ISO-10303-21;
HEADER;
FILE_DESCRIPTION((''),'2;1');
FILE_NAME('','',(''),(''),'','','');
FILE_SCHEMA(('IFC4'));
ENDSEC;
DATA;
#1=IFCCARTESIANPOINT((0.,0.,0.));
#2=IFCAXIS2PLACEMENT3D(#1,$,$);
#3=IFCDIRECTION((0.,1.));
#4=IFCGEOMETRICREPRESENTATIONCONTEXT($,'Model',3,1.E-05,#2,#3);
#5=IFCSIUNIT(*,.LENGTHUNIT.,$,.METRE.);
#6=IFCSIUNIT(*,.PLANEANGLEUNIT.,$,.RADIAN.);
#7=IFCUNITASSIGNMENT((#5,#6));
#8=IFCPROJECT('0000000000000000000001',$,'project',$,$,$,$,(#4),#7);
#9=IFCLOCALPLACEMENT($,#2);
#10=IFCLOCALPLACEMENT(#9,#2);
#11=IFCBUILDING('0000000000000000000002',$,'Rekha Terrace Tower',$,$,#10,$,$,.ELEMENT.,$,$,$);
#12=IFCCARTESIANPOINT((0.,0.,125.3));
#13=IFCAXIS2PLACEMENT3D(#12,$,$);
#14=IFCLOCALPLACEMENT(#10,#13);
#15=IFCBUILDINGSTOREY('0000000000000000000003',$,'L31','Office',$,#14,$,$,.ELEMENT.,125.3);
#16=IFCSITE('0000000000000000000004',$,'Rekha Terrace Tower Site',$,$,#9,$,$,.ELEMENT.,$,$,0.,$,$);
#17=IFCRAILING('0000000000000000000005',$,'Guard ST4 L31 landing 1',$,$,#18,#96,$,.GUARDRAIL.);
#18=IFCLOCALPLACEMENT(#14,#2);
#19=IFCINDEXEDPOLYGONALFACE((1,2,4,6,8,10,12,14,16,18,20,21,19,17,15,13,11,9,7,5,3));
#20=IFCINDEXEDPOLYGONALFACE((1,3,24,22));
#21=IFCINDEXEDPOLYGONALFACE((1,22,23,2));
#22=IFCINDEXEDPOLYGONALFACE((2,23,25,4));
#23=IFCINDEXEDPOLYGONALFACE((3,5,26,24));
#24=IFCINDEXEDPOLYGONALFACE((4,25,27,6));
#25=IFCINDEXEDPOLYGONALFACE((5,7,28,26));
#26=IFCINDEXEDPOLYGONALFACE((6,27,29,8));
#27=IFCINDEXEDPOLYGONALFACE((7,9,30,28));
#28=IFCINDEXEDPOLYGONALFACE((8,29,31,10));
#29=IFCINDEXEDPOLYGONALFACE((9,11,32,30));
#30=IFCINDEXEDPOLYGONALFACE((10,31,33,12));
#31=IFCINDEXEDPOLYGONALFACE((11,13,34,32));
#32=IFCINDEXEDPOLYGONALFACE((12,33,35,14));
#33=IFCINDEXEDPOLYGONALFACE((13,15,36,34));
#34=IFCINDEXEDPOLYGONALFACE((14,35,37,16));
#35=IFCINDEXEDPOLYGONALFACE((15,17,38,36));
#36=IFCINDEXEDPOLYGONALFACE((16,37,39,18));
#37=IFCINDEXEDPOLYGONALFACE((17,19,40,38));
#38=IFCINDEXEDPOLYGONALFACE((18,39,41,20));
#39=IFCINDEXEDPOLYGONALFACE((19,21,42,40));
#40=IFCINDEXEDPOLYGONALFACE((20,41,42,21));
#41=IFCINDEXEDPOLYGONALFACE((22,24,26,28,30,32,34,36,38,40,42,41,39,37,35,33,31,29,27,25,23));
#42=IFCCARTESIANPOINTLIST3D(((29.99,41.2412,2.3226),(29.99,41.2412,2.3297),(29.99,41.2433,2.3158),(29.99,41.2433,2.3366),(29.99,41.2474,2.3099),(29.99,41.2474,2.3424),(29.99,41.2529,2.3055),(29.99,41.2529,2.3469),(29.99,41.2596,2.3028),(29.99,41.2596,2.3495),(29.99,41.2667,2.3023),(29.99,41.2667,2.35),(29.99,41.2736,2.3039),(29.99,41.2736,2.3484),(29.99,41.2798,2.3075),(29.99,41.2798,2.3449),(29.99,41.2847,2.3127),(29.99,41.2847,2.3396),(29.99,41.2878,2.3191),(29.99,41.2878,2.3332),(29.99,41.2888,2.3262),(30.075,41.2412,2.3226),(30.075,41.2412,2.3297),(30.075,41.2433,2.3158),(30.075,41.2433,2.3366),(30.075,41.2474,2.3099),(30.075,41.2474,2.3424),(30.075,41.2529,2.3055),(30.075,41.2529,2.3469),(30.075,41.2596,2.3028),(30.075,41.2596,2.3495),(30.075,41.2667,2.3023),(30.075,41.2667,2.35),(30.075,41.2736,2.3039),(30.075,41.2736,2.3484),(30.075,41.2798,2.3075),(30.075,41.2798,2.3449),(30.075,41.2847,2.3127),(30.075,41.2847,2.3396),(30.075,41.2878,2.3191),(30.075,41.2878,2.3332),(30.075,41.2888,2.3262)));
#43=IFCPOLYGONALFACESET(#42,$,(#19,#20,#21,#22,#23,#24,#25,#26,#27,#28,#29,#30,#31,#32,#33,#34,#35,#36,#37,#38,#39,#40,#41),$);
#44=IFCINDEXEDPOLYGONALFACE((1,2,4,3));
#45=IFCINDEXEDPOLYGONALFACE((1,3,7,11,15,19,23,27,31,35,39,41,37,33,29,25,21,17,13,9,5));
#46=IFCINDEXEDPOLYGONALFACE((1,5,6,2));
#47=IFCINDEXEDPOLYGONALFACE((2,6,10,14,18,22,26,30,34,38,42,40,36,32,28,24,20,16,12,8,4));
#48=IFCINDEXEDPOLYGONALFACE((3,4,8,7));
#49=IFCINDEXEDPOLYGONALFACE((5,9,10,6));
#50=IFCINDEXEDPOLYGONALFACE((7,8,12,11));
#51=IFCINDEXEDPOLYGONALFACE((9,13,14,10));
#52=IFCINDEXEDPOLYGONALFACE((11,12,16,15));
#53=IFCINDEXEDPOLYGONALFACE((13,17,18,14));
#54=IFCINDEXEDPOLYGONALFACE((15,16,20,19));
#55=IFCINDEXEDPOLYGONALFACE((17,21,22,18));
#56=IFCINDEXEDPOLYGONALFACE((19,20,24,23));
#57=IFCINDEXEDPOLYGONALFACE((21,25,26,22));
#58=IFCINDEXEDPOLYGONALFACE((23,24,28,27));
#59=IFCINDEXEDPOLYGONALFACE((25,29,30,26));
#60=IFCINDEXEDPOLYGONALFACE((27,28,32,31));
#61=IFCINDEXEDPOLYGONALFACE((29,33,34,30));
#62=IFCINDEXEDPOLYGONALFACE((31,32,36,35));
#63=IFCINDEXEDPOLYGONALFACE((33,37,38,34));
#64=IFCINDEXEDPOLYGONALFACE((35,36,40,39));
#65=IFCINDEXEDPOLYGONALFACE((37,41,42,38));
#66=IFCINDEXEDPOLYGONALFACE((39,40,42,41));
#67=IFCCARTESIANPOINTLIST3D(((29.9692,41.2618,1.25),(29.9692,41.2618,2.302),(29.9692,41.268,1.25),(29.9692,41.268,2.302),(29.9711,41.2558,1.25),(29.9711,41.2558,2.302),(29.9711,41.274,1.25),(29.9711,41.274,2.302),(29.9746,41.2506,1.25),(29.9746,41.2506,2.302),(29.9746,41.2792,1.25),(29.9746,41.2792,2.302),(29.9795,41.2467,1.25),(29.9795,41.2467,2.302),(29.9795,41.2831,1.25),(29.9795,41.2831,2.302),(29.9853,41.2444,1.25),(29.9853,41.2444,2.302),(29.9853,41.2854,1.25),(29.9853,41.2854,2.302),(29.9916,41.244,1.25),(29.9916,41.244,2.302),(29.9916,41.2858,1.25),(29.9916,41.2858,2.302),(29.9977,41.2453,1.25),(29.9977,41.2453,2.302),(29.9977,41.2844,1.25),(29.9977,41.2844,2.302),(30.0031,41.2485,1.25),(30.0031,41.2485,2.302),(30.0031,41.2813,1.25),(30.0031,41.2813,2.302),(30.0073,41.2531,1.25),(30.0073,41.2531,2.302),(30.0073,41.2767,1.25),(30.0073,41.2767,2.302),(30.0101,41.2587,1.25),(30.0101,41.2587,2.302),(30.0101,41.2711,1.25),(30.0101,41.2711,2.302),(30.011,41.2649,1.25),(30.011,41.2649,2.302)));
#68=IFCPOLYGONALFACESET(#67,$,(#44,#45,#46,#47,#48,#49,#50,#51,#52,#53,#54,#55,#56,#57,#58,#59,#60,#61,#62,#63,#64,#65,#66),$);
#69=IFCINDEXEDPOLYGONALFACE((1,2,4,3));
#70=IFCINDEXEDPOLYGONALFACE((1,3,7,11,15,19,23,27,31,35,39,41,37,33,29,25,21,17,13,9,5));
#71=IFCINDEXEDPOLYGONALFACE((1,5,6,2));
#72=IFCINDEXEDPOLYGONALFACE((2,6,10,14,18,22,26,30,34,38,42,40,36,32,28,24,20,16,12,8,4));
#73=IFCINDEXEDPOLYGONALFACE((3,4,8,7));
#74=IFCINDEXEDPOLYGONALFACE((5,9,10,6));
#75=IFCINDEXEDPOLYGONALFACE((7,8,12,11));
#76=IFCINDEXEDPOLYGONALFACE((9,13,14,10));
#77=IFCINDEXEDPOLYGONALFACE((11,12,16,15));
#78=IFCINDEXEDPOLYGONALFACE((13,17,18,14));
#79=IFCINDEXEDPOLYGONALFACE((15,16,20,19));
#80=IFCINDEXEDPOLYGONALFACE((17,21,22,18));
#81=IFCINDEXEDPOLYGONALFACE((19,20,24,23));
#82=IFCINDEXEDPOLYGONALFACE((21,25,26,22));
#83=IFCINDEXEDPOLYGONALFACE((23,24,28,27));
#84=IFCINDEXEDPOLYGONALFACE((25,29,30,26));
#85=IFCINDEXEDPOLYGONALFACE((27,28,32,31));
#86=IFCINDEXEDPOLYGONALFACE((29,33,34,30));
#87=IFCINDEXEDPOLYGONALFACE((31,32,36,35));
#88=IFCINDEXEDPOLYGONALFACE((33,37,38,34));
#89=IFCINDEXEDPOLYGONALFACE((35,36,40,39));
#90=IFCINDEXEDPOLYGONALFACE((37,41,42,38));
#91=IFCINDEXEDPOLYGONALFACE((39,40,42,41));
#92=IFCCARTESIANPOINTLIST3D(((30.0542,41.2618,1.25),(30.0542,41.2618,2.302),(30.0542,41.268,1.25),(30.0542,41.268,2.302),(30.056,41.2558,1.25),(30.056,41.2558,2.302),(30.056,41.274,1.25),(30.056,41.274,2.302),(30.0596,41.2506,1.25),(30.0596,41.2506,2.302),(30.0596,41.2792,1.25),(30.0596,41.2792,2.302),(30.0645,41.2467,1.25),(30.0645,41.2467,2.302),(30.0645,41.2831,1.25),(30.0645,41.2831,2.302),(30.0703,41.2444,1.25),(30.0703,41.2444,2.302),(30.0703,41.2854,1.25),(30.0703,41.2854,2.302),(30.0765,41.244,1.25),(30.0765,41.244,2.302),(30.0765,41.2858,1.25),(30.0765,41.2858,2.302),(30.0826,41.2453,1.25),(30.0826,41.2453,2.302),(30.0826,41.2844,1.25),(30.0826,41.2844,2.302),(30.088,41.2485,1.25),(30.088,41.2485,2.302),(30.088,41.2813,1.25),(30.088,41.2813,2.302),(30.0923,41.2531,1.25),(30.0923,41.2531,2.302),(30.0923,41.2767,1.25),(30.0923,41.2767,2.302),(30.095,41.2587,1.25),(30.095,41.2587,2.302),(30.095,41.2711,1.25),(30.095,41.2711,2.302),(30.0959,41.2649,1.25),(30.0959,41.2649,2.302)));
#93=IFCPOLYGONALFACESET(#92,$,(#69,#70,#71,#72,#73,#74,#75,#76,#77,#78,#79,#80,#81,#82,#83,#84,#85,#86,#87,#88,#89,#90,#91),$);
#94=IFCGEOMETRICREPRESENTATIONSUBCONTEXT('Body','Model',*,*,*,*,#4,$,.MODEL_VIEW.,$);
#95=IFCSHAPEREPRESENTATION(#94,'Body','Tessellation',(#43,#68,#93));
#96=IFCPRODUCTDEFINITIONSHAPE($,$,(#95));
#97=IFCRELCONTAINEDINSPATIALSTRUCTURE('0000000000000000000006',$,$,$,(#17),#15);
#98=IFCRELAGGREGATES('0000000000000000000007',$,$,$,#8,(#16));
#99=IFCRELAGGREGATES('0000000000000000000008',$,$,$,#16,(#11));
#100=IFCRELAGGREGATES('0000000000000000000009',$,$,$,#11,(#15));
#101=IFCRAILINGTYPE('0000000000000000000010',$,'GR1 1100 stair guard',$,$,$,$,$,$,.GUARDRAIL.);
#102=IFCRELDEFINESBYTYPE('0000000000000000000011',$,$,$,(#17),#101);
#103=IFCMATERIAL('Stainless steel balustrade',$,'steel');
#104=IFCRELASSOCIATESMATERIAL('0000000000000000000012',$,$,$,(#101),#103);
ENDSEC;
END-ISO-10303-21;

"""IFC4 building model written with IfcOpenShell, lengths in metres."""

from ifc_helpers import new_model, si_unit, direction, frame, origin, origin_2d, place, context, subcontext, project, spatial, circle, extrude, material, type_object, element, save


model = new_model("IFC4")

# Units and contexts
model_context = context("Model", 3, precision=1e-05, world=origin(), true_north=direction((0.0, 1.0)))
body_context = subcontext(model_context, "Body", "Model", "MODEL_VIEW")
ifc_project = project(units=[si_unit("LENGTHUNIT", "METRE"), si_unit("PLANEANGLEUNIT", "RADIAN")], contexts=[model_context])

# Site, building, storey
site_placement = place(None, origin())
site = spatial("IfcSite", under=ifc_project, at=site_placement, Name="Rekha Terrace Tower Site", CompositionType="ELEMENT", RefElevation=0.0)
building_placement = place(site_placement, origin())
building = spatial("IfcBuilding", under=site, at=building_placement, Name="Rekha Terrace Tower", CompositionType="ELEMENT")
storey_placement = place(building_placement, frame((0.0, 0.0, 125.3)))
storey = spatial("IfcBuildingStorey", under=building, at=storey_placement, Name="L31", Description="Office", CompositionType="ELEMENT", Elevation=125.3)

# Railing
ifc_material_1 = material(Name="Stainless steel balustrade", Category="steel")
railing_type_1 = type_object("IfcRailingType", Name="GR1 1100 stair guard", PredefinedType="GUARDRAIL", material=ifc_material_1)
railing_1_placement = place(storey_placement, frame((29.99, 41.2649, 1.25)))
element("IfcRailing", 1, at=railing_1_placement, inside=storey, type_object=railing_type_1, Name="Guard ST4 L31 landing 1", PredefinedType="GUARDRAIL", context=body_context, shape_type="SweptSolid", body=[
    extrude(circle(Radius=0.0239, at=origin_2d()), frame((0.0, 0.0, 1.0762), z_axis=(1.0, 0.0, 0.0), x_axis=(0.0, 1.0, 0.0)), (0.0, 0.0, 1.0), 0.085),
    extrude(circle(Radius=0.021, at=origin_2d()), origin(), (0.0, 0.0, 1.0), 1.052),
    extrude(circle(Radius=0.021, at=origin_2d()), frame((0.085, 0.0, 0.0)), (0.0, 0.0, 1.0), 1.052),
])

save(model, "model.ifc")
